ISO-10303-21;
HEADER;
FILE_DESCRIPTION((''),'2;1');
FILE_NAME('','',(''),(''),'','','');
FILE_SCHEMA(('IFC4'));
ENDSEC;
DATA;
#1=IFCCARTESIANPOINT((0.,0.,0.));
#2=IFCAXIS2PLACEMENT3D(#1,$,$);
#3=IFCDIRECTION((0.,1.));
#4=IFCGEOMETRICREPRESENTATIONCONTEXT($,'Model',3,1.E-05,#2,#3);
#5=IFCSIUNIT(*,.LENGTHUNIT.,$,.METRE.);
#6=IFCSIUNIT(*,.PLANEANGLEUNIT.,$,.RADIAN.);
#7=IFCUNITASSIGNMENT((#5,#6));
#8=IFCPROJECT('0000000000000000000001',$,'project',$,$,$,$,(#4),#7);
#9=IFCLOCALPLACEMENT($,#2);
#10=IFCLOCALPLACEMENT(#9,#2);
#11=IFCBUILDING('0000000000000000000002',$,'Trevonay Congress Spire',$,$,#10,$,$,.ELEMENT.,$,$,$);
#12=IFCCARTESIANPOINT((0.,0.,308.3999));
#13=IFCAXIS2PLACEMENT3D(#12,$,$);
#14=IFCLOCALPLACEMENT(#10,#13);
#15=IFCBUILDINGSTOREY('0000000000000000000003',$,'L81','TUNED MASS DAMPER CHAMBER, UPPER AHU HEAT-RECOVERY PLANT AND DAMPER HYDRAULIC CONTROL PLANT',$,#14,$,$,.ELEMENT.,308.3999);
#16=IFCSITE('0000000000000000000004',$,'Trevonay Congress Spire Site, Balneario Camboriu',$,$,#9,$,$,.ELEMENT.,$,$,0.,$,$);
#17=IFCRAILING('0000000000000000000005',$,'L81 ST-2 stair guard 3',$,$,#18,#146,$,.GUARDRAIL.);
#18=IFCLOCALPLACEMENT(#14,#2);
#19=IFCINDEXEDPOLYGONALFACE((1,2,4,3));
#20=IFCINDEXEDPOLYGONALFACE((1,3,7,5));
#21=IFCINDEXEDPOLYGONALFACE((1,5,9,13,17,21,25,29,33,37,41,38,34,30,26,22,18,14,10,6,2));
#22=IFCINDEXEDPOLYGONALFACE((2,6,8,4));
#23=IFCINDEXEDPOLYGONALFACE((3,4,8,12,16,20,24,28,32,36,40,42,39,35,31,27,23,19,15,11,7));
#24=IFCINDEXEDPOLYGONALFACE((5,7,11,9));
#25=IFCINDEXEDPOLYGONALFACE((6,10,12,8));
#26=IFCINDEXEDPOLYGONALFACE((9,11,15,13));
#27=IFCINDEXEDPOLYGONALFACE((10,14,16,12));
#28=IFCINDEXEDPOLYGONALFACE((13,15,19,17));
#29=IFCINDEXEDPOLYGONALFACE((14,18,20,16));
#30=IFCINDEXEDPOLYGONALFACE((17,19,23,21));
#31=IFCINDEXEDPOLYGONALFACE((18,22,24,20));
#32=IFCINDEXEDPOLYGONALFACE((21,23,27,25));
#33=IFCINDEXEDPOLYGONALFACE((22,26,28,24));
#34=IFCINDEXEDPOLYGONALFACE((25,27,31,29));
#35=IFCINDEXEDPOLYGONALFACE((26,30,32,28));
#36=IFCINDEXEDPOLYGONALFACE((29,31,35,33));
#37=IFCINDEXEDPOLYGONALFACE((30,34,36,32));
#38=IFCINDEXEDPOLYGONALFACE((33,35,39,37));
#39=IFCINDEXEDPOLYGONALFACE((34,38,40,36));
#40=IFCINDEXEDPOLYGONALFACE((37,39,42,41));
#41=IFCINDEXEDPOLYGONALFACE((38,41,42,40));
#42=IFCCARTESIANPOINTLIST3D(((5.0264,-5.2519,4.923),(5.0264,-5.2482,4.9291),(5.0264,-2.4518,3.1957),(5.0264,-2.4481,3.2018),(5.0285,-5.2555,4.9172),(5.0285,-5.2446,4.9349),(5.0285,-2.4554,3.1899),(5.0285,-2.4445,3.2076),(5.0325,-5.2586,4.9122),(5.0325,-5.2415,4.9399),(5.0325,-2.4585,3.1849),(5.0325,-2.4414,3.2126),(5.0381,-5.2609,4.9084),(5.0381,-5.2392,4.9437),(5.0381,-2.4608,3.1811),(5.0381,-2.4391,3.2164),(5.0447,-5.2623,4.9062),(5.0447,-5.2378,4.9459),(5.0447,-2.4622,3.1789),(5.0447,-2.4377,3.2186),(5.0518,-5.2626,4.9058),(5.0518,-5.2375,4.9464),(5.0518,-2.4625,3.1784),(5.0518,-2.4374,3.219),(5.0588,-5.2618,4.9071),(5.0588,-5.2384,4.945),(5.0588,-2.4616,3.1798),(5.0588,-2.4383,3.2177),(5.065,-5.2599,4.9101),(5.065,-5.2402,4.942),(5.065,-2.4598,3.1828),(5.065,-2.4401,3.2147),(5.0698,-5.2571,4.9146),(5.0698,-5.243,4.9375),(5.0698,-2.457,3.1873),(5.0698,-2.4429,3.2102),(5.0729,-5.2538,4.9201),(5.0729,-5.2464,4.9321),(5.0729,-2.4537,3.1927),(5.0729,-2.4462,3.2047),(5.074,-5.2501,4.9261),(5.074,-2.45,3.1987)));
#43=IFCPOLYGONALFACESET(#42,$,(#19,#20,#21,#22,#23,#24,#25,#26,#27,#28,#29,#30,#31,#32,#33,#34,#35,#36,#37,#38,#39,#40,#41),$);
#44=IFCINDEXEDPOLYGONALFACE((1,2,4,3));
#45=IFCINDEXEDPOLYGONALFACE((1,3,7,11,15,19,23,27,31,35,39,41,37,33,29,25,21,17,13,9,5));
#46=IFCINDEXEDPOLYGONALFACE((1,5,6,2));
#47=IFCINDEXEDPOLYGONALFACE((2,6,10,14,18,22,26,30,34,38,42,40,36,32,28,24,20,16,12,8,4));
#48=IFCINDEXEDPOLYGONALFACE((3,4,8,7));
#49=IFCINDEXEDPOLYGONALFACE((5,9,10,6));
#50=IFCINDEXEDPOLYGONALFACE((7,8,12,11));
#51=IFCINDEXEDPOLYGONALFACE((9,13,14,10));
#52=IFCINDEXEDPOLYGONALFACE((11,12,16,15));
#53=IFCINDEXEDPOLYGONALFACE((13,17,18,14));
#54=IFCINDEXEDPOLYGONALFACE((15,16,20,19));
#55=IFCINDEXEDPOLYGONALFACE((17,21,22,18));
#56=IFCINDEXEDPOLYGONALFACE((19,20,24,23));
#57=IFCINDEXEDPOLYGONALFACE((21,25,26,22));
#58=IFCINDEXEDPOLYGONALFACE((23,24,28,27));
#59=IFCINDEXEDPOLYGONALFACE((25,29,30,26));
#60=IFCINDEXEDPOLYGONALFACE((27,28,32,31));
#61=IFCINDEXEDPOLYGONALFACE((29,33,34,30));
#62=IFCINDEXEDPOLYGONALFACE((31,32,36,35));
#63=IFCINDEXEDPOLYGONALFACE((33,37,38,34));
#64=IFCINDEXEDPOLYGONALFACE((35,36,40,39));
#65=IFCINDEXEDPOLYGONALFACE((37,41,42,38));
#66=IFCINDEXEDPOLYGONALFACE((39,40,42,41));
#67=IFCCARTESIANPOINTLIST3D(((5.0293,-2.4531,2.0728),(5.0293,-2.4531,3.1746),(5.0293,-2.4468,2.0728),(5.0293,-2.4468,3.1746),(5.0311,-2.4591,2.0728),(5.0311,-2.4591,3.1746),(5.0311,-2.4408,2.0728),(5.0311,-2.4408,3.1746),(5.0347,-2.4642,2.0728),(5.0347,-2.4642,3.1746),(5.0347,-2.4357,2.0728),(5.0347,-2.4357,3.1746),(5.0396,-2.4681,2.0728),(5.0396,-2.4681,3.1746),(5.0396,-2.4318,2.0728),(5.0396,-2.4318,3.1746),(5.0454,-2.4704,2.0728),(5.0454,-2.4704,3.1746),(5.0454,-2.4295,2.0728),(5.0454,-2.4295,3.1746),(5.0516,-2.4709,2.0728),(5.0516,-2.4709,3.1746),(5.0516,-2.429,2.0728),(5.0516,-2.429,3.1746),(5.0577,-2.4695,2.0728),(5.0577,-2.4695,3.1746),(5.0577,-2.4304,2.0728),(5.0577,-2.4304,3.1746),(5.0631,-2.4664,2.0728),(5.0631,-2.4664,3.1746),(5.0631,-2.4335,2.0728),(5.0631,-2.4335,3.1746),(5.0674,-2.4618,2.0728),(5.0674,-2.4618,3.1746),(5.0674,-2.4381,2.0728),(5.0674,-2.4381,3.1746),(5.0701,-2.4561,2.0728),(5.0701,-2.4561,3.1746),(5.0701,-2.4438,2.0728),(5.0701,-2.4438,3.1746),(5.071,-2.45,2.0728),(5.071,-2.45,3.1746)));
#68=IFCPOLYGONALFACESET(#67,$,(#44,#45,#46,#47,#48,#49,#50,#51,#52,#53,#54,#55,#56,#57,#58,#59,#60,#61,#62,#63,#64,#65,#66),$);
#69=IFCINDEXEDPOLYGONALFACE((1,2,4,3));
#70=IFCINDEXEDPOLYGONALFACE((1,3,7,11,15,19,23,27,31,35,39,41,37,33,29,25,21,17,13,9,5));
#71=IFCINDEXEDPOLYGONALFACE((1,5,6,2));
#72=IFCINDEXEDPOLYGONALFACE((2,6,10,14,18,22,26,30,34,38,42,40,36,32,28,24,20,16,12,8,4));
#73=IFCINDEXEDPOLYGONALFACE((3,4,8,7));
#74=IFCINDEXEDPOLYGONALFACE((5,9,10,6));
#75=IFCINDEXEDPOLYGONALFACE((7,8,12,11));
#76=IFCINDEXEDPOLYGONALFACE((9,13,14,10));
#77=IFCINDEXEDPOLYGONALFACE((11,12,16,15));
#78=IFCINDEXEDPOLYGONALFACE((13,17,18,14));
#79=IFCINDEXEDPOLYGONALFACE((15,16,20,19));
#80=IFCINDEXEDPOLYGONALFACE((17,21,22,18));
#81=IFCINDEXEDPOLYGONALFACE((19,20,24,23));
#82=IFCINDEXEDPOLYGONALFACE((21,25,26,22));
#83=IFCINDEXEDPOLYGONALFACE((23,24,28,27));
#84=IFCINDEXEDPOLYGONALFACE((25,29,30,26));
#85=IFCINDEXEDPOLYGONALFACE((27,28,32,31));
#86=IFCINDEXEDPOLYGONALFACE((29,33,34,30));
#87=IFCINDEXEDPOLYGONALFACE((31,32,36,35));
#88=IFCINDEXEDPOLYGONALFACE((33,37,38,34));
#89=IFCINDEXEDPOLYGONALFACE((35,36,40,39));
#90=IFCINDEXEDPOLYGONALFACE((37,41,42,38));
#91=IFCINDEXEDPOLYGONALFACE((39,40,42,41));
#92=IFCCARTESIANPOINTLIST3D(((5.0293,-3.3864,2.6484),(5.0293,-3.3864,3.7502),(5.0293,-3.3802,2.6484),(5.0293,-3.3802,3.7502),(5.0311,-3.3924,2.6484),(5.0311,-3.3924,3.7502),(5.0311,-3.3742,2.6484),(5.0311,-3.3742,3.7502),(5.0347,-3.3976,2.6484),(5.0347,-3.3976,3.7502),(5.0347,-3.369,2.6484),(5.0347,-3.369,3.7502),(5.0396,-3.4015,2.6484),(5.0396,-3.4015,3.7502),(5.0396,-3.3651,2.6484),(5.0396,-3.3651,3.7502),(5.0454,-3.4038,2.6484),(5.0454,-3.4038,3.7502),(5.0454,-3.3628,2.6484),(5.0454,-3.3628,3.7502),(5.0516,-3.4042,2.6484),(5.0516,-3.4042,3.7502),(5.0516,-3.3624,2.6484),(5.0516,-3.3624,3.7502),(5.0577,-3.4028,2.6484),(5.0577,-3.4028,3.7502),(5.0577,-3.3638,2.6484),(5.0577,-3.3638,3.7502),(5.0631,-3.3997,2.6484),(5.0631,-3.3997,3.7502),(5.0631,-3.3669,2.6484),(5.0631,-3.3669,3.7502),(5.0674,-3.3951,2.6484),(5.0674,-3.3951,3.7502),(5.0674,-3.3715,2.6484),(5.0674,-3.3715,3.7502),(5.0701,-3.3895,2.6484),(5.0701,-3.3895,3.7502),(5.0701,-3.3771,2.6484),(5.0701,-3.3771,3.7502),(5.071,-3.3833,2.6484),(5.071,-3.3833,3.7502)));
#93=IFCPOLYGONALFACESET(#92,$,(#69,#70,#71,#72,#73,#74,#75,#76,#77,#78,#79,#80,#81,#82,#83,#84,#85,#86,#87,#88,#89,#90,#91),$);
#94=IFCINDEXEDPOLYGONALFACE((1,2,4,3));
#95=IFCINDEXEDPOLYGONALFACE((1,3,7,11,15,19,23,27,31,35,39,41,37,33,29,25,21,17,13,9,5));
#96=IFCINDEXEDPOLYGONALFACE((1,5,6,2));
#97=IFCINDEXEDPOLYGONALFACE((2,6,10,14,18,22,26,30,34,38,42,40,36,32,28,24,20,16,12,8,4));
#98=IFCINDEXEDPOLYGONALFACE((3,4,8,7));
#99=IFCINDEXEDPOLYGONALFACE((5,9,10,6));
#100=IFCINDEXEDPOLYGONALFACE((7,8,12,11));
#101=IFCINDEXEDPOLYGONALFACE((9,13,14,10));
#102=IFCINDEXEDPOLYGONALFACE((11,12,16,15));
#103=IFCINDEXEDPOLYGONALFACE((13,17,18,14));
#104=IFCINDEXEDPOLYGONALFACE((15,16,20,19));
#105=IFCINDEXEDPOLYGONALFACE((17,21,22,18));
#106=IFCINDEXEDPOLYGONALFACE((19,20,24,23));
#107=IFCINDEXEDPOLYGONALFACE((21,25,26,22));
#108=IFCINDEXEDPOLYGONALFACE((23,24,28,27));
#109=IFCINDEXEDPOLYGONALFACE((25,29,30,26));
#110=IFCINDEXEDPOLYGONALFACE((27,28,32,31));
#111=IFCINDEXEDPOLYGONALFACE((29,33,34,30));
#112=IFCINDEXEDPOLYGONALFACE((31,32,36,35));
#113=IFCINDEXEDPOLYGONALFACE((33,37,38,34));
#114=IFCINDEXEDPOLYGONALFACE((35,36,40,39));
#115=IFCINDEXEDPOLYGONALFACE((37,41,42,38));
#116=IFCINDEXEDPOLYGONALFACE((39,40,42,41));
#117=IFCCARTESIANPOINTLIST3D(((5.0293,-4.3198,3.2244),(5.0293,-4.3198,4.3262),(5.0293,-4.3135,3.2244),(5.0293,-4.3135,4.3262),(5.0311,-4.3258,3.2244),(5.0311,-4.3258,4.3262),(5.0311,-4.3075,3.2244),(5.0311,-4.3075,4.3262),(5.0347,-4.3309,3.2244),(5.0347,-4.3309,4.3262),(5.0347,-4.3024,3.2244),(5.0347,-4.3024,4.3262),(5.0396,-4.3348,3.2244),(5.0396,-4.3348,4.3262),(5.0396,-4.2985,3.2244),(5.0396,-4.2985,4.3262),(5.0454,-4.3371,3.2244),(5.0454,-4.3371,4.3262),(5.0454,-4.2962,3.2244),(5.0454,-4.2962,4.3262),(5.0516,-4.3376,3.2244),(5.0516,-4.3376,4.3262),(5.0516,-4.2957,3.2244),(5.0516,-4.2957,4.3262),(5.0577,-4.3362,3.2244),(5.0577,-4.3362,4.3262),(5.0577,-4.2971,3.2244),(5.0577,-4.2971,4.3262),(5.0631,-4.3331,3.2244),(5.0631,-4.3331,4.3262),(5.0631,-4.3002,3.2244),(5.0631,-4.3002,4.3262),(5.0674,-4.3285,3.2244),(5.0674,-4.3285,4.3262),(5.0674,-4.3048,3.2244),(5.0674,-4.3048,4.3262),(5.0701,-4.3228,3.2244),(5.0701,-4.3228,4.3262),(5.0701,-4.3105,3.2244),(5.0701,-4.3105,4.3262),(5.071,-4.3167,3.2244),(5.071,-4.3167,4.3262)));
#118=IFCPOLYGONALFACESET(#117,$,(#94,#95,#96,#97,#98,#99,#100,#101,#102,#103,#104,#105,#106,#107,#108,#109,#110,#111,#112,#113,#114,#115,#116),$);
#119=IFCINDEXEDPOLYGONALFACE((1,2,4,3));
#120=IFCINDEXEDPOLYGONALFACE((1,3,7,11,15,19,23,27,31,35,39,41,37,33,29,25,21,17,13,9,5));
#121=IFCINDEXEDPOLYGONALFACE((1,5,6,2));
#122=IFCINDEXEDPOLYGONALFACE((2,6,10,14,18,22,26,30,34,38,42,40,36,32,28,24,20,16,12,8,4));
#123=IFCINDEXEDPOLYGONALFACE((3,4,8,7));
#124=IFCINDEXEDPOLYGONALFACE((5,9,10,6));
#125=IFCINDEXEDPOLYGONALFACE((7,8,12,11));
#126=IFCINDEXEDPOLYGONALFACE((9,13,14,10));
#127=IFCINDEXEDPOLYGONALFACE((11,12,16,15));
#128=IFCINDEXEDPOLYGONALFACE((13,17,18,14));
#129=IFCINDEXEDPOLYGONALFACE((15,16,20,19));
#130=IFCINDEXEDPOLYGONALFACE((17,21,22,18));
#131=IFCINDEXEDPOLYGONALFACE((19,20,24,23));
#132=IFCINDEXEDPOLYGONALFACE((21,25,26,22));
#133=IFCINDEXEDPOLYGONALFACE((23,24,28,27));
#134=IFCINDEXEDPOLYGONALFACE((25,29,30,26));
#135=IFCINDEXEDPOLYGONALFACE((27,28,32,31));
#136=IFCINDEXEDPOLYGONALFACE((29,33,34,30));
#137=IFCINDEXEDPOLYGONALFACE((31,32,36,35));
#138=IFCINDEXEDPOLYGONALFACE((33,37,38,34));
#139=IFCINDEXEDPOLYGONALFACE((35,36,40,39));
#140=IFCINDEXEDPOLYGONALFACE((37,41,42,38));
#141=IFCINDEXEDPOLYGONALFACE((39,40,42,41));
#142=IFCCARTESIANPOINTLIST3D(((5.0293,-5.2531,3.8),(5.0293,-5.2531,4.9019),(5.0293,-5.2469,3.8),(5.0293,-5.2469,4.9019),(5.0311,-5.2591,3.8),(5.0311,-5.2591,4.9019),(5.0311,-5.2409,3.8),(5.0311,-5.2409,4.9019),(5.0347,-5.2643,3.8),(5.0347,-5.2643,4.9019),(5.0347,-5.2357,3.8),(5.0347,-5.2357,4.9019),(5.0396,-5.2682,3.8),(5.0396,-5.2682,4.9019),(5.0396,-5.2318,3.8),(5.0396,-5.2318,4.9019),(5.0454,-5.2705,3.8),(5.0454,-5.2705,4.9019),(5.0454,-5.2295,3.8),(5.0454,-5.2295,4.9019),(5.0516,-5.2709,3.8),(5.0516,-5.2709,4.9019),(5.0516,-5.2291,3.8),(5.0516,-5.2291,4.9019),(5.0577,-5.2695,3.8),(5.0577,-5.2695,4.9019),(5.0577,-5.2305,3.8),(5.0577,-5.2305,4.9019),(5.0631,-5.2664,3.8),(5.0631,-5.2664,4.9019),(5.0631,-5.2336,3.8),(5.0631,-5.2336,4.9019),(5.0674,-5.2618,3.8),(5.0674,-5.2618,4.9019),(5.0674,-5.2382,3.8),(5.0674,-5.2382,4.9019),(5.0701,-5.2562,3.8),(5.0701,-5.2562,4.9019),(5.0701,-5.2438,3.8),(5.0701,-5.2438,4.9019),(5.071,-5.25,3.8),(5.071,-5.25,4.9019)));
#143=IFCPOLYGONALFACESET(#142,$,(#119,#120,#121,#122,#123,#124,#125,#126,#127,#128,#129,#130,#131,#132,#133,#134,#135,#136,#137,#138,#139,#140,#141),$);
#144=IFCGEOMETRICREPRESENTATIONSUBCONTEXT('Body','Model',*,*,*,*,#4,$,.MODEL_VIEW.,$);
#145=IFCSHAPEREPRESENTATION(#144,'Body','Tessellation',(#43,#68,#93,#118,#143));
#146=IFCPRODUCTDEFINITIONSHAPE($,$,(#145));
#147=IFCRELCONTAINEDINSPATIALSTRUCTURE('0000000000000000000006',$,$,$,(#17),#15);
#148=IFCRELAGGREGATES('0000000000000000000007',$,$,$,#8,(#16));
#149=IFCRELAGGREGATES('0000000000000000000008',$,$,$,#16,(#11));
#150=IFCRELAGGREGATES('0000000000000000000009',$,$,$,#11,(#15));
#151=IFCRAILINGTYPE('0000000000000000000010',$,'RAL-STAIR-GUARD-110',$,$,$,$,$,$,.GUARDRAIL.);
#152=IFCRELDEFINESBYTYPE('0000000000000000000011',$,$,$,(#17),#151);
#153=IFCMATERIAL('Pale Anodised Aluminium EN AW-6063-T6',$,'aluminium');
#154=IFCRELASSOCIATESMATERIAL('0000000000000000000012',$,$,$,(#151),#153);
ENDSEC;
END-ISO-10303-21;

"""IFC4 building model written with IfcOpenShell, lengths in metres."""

from ifc_helpers import new_model, si_unit, direction, frame, origin, origin_2d, place, context, subcontext, project, spatial, circle, extrude, material, type_object, element, save


model = new_model("IFC4")

# Units and contexts
model_context = context("Model", 3, precision=1e-05, world=origin(), true_north=direction((0.0, 1.0)))
body_context = subcontext(model_context, "Body", "Model", "MODEL_VIEW")
ifc_project = project(units=[si_unit("LENGTHUNIT", "METRE"), si_unit("PLANEANGLEUNIT", "RADIAN")], contexts=[model_context])

# Site, building, storey
site_placement = place(None, origin())
site = spatial("IfcSite", under=ifc_project, at=site_placement, Name="Trevonay Congress Spire Site, Balneario Camboriu", CompositionType="ELEMENT", RefElevation=0.0)
building_placement = place(site_placement, origin())
building = spatial("IfcBuilding", under=site, at=building_placement, Name="Trevonay Congress Spire", CompositionType="ELEMENT")
storey_placement = place(building_placement, frame((0.0, 0.0, 308.3999)))
storey = spatial("IfcBuildingStorey", under=building, at=storey_placement, Name="L81", Description="TUNED MASS DAMPER CHAMBER, UPPER AHU HEAT-RECOVERY PLANT AND DAMPER HYDRAULIC CONTROL PLANT", CompositionType="ELEMENT", Elevation=308.3999)

# Shared definitions
ifc_material_1 = material(Name="Pale Anodised Aluminium EN AW-6063-T6", Category="aluminium")

# Railing
railing_type_1 = type_object("IfcRailingType", Name="RAL-STAIR-GUARD-110", PredefinedType="GUARDRAIL", material=ifc_material_1)
railing_1_placement = place(storey_placement, frame((5.05, -2.45, 2.0728)))
element("IfcRailing", 1, at=railing_1_placement, inside=storey, type_object=railing_type_1, Name="L81 ST-2 stair guard 3", PredefinedType="GUARDRAIL", context=body_context, shape_type="SweptSolid", body=[
    extrude(circle(Radius=0.0239, at=origin_2d()), frame((0.0, 0.0, 1.126), z_axis=(0.0, -0.85109, 0.52502), x_axis=(1.0, 0.0, 0.0)), (0.0, 0.0, 1.0), 3.29),
    extrude(circle(Radius=0.021, at=origin_2d()), origin(), (0.0, 0.0, 1.0), 1.1018),
    extrude(circle(Radius=0.021, at=origin_2d()), frame((0.0, -0.9333, 0.5757)), (0.0, 0.0, 1.0), 1.1018),
    extrude(circle(Radius=0.021, at=origin_2d()), frame((0.0, -1.8667, 1.1516)), (0.0, 0.0, 1.0), 1.1018),
    extrude(circle(Radius=0.021, at=origin_2d()), frame((0.0, -2.8, 1.7273)), (0.0, 0.0, 1.0), 1.1018),
])

save(model, "model.ifc")
